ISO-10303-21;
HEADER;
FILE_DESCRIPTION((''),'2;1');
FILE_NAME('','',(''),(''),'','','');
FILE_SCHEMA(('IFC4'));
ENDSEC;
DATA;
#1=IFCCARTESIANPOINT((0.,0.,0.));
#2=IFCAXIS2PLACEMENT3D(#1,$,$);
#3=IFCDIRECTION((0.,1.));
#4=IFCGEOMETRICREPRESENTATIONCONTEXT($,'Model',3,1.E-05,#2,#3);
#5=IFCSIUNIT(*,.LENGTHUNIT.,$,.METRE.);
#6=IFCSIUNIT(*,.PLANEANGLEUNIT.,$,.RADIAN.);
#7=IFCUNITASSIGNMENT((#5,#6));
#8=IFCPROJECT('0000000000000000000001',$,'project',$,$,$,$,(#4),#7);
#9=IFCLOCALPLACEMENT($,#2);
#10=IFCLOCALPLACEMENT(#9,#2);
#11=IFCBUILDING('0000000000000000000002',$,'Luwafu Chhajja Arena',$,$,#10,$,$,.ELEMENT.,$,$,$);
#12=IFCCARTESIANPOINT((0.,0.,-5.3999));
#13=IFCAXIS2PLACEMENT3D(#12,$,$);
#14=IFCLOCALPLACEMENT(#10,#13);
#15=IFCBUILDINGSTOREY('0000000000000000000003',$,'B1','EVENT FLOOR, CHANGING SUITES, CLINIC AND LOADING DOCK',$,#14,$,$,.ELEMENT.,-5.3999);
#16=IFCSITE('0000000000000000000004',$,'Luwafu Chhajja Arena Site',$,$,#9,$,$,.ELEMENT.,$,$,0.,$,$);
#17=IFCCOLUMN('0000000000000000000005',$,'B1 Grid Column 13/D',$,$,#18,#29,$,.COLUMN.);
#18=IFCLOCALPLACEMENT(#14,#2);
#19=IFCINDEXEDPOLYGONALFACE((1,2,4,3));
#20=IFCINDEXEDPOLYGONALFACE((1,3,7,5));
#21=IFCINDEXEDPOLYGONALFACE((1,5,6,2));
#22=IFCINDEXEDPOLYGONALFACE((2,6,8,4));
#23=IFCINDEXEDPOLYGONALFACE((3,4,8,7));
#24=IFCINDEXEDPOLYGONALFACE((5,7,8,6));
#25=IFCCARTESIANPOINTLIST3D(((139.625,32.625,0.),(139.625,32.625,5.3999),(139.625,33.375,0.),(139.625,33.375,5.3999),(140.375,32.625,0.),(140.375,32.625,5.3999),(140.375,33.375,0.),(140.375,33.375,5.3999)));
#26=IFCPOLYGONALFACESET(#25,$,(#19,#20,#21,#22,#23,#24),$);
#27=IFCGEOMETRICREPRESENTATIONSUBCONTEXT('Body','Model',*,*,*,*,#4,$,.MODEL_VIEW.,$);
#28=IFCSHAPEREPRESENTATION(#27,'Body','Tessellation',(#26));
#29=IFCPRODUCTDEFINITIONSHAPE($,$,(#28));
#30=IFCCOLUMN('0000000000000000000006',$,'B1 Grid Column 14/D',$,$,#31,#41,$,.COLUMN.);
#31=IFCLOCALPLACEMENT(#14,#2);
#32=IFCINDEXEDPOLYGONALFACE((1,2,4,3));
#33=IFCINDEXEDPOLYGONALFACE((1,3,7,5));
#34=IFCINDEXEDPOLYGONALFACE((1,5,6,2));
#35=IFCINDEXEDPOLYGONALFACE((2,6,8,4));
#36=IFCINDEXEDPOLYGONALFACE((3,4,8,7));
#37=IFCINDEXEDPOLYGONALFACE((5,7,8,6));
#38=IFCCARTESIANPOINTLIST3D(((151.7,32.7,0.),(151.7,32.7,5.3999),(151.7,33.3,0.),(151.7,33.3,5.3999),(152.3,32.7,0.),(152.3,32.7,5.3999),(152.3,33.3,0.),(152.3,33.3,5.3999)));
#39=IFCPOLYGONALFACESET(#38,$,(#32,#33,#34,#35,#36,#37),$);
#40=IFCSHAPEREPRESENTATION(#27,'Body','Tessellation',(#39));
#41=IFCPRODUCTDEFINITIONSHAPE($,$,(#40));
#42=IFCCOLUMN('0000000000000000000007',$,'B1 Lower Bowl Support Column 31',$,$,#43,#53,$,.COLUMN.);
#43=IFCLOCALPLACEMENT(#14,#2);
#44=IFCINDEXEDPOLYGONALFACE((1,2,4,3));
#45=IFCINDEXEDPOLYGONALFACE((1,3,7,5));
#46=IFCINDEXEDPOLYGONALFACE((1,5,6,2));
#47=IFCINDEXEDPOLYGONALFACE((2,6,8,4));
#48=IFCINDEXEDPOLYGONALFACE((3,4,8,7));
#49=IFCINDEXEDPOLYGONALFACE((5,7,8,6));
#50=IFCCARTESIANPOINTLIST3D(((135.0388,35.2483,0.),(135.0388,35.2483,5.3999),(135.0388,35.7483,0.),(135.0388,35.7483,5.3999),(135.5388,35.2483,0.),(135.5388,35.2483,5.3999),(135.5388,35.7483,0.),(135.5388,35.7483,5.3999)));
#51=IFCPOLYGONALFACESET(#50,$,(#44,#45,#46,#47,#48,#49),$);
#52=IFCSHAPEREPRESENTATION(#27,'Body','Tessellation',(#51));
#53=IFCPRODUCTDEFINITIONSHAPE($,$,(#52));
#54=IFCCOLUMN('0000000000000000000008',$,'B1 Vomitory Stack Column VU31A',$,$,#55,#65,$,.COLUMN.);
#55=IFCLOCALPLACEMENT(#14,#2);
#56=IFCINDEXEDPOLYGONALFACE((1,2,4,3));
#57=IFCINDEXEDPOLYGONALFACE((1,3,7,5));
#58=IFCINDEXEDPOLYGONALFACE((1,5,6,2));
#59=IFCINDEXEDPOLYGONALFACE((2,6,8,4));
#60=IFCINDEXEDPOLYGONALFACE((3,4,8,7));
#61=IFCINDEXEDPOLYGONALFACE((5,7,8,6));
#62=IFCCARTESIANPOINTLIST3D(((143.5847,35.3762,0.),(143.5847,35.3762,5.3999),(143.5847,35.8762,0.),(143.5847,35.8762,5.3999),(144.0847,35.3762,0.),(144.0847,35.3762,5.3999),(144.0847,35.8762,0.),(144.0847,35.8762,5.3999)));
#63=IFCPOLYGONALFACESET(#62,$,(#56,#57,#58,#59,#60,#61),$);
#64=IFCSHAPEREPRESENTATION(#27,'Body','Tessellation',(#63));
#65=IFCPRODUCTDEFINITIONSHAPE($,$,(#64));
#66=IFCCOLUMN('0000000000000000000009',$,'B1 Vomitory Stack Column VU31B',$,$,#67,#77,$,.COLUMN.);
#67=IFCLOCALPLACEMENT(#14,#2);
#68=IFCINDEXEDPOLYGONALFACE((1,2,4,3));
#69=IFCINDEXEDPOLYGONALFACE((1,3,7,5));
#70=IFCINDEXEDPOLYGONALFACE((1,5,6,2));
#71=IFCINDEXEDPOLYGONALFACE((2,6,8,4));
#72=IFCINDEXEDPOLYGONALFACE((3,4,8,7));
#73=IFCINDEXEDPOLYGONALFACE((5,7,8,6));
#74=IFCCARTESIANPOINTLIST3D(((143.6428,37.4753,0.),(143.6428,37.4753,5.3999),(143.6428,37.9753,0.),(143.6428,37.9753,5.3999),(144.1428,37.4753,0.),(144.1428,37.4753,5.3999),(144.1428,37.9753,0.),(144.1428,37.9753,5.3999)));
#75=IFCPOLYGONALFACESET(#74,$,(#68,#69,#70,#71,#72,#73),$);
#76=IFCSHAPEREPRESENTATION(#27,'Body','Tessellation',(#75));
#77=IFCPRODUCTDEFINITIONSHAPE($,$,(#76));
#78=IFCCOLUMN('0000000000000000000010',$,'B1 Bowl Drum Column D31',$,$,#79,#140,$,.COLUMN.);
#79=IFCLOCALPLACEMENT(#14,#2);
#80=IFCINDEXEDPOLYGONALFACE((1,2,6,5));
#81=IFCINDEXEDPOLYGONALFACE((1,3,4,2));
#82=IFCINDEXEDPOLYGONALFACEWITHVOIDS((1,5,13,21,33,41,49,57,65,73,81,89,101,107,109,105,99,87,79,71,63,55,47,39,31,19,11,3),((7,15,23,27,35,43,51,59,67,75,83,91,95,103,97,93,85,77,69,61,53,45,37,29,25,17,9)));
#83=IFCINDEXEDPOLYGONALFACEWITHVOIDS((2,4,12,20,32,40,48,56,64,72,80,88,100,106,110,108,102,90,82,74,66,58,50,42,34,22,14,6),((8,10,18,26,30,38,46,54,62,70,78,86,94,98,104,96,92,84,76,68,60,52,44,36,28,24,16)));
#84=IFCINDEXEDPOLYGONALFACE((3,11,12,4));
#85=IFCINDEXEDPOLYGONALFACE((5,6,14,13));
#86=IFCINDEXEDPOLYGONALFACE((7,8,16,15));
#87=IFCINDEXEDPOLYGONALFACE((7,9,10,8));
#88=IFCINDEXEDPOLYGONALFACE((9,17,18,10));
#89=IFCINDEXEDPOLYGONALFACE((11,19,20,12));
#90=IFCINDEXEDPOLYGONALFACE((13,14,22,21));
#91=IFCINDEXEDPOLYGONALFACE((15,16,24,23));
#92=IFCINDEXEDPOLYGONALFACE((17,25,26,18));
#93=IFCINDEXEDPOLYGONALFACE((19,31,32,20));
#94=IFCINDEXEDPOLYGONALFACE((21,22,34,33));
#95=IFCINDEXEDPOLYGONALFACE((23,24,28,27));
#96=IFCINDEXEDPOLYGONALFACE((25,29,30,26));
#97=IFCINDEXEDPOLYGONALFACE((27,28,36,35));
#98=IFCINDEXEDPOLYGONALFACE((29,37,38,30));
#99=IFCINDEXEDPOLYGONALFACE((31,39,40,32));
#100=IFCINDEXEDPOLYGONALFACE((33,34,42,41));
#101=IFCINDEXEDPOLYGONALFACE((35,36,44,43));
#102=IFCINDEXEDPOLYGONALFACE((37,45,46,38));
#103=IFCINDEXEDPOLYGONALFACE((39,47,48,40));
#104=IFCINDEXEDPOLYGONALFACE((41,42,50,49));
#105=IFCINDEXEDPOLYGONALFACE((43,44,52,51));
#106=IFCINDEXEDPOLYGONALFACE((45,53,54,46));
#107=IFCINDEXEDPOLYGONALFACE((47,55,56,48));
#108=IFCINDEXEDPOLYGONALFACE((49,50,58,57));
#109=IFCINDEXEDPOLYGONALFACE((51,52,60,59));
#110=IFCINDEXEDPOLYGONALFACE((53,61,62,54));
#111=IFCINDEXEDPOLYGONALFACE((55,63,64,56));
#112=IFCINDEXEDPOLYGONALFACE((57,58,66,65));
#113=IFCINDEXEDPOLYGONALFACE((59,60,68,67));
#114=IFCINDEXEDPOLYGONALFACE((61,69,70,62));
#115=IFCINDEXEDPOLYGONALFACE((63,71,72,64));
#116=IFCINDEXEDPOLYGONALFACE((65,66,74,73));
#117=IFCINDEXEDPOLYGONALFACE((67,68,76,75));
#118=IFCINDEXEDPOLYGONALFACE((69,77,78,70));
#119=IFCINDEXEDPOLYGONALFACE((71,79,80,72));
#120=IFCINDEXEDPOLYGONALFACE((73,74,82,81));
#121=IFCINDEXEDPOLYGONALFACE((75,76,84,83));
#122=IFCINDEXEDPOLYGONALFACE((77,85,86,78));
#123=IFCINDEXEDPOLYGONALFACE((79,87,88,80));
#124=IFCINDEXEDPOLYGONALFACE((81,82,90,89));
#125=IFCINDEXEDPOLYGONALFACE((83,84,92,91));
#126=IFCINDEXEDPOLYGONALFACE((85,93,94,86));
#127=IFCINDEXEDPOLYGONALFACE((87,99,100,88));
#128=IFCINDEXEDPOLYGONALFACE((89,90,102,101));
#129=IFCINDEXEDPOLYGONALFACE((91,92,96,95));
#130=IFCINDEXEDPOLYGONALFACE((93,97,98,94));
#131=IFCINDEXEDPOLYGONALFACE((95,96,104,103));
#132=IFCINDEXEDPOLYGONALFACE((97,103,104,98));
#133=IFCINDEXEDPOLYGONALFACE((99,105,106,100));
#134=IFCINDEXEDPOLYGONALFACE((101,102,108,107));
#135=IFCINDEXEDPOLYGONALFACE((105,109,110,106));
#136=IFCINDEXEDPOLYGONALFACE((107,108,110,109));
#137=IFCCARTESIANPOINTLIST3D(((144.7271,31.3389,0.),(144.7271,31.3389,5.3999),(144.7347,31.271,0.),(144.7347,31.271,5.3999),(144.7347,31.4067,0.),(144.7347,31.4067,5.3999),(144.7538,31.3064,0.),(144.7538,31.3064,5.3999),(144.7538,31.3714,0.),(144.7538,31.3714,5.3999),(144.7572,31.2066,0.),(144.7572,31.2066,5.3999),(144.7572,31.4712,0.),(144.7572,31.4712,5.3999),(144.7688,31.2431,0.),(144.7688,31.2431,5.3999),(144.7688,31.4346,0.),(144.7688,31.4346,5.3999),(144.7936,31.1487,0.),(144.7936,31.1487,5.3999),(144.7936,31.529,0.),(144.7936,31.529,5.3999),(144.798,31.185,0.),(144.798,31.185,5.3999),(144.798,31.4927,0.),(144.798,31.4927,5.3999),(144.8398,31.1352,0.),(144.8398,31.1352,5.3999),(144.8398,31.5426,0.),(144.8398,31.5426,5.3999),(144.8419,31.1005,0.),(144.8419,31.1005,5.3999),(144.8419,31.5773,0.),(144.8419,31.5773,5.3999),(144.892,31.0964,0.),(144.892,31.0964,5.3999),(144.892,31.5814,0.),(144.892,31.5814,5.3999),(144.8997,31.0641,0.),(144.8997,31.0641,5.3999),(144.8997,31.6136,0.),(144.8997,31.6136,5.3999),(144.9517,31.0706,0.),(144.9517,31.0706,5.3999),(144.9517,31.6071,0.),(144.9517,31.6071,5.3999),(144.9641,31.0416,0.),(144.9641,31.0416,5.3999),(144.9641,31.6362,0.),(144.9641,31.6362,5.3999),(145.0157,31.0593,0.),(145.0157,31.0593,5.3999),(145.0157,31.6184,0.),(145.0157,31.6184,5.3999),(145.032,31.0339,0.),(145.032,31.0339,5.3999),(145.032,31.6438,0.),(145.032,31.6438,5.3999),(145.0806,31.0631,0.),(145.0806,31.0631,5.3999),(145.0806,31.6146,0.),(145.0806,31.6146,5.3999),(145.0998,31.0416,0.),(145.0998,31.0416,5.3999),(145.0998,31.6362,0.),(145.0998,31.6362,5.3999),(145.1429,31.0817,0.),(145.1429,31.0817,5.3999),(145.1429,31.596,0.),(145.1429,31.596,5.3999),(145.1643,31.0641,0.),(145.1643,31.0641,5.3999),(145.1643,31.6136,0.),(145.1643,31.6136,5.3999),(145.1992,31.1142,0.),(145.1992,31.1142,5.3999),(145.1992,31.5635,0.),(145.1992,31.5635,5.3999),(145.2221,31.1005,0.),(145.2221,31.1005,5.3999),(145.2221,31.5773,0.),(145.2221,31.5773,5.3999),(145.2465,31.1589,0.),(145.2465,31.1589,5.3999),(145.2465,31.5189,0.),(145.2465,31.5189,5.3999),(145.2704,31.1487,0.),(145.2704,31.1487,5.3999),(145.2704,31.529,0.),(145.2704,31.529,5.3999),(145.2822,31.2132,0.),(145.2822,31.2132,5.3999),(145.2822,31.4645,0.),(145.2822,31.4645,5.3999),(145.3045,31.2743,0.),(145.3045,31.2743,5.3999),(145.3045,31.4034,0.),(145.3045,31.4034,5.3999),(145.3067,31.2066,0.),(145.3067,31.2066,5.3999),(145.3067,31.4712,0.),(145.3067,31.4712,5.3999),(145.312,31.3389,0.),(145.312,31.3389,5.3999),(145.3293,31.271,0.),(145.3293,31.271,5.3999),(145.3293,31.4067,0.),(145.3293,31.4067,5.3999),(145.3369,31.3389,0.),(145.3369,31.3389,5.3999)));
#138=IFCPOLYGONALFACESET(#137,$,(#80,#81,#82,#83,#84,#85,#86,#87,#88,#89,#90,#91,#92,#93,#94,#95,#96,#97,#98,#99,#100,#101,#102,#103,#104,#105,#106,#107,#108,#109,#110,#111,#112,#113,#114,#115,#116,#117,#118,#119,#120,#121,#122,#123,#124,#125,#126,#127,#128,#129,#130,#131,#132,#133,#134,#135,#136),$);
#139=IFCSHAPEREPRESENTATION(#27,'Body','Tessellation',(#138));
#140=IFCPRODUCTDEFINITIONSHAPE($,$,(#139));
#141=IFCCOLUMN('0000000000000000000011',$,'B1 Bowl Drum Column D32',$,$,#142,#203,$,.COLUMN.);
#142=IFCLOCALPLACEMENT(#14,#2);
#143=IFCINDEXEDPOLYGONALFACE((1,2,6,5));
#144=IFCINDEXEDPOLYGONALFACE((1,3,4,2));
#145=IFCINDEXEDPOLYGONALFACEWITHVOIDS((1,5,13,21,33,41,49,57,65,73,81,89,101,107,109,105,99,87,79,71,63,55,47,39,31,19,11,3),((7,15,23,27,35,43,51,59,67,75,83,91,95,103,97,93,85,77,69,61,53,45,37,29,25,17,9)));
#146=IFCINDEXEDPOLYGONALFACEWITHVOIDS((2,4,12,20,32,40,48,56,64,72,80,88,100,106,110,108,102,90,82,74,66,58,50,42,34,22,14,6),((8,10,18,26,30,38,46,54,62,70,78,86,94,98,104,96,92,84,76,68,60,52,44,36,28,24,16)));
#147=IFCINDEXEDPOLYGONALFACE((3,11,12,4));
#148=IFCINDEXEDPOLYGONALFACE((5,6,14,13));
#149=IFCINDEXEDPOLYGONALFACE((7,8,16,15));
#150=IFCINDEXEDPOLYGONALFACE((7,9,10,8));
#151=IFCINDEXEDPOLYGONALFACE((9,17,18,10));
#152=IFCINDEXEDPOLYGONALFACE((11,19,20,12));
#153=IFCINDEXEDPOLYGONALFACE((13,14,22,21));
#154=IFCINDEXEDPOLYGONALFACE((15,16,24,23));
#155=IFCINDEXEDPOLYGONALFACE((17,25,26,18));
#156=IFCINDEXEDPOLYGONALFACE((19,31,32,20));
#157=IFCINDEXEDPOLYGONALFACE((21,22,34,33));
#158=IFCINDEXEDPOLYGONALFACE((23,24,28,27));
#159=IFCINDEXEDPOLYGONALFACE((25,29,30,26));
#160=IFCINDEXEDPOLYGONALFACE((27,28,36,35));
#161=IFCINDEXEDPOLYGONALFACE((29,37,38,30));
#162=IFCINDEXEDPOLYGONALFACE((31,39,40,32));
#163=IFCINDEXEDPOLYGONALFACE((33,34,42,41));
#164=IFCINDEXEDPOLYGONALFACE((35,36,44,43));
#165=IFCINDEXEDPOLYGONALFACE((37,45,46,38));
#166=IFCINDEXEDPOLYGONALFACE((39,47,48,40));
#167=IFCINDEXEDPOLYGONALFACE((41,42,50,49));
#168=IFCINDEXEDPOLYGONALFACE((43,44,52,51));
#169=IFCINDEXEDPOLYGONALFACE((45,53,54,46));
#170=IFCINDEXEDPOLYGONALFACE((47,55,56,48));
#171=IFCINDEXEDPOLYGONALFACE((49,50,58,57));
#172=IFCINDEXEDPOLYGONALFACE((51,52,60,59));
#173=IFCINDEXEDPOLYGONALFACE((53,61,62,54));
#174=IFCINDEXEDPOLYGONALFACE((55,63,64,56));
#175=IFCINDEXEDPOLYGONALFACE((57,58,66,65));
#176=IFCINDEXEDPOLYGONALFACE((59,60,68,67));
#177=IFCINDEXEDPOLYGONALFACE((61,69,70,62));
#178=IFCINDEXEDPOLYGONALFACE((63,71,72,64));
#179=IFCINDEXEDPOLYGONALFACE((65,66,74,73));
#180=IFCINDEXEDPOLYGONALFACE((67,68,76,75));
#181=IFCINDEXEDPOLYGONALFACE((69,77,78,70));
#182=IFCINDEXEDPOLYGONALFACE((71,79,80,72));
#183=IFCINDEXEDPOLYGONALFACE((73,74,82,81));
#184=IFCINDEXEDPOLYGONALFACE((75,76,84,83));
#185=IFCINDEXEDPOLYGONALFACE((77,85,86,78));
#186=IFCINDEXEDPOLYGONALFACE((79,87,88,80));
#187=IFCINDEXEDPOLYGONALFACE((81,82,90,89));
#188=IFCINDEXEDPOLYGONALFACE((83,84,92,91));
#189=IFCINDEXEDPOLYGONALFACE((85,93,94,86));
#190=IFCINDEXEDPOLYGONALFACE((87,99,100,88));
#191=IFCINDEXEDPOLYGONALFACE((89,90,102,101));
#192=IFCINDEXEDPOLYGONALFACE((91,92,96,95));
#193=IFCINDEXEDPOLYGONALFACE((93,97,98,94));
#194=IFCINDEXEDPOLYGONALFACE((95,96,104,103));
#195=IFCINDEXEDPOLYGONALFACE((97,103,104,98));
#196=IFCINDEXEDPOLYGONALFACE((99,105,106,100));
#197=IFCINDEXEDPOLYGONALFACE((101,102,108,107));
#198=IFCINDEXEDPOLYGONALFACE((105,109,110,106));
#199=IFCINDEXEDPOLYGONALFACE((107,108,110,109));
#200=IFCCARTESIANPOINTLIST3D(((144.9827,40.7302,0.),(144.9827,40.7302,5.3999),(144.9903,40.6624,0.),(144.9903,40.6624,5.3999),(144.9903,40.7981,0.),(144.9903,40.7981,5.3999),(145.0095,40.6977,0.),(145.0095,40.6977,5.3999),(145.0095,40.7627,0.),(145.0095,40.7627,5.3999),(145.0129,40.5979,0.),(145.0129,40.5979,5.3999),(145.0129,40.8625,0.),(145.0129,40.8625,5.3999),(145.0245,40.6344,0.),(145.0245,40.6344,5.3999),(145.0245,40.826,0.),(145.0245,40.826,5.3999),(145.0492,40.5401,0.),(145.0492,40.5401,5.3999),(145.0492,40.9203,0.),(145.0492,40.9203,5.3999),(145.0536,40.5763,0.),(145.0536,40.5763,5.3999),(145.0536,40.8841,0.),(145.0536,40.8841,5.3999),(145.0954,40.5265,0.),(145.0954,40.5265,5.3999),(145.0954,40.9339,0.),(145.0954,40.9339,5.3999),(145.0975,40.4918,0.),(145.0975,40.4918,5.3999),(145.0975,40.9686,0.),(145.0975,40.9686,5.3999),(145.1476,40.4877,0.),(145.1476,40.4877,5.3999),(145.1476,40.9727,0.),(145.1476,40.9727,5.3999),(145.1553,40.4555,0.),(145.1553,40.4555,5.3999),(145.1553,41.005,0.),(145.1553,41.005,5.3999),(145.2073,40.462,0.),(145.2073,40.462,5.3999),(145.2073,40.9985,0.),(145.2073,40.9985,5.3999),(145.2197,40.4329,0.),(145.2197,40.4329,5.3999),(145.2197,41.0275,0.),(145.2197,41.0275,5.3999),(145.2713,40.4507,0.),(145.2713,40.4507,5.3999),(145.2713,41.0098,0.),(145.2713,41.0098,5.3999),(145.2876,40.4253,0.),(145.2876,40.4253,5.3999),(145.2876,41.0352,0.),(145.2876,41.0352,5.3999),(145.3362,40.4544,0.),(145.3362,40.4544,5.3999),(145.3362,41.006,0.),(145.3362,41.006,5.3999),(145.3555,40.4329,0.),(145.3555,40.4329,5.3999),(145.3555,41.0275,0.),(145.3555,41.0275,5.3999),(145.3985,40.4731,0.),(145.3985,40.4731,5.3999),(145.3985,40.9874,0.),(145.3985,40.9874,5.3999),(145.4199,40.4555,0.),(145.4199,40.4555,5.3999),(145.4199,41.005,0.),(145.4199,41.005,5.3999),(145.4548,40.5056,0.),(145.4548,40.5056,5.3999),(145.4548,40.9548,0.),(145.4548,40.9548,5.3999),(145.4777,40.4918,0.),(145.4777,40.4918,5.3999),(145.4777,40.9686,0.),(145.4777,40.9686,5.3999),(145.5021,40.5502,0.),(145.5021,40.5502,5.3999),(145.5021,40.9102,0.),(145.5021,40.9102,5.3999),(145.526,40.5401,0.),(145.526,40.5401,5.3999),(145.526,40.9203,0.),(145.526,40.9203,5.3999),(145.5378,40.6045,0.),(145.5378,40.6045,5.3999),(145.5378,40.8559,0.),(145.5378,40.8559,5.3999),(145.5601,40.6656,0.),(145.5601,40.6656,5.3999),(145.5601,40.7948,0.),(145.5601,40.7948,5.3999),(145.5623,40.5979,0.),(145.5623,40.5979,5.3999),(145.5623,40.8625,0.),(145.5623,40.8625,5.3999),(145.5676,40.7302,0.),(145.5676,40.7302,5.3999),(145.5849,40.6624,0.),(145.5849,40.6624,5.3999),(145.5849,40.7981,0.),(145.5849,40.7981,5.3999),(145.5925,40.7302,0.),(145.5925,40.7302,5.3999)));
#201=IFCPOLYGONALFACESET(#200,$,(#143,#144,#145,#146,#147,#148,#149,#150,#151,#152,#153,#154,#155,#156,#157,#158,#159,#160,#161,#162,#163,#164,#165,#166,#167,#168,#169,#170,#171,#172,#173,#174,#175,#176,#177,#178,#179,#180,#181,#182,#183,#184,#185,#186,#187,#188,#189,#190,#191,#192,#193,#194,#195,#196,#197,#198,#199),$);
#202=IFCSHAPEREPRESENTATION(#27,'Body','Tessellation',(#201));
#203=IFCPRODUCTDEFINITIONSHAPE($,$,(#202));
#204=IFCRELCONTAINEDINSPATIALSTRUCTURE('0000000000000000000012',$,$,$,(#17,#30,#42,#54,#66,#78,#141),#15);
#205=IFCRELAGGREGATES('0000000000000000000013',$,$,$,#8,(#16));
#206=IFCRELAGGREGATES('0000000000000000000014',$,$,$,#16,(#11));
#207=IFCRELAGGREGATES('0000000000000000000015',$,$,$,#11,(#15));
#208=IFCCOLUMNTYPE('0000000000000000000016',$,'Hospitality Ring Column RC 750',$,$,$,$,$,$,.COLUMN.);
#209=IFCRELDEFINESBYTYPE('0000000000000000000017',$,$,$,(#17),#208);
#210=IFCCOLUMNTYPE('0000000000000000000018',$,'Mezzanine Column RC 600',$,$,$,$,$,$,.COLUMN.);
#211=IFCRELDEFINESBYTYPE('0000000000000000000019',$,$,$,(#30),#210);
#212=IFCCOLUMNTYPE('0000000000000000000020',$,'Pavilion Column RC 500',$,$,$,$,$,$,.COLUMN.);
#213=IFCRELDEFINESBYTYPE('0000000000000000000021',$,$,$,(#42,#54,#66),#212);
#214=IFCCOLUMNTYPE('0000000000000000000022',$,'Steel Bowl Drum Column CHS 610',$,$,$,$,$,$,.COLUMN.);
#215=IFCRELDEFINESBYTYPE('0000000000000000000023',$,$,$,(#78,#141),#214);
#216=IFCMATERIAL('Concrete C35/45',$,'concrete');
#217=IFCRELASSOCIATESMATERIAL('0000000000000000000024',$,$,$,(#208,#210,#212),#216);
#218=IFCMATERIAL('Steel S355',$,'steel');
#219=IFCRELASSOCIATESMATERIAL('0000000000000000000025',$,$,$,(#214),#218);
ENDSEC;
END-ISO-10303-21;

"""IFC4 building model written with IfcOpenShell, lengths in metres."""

from ifc_helpers import new_model, si_unit, direction, frame, origin, origin_2d, place, context, subcontext, project, spatial, rectangle, hollow_circle, extrude, material, material_profile, profile_set, type_object, element, save


model = new_model("IFC4")

# Units and contexts
model_context = context("Model", 3, precision=1e-05, world=origin(), true_north=direction((0.0, 1.0)))
body_context = subcontext(model_context, "Body", "Model", "MODEL_VIEW")
ifc_project = project(units=[si_unit("LENGTHUNIT", "METRE"), si_unit("PLANEANGLEUNIT", "RADIAN")], contexts=[model_context])

# Site, building, storey
site_placement = place(None, origin())
site = spatial("IfcSite", under=ifc_project, at=site_placement, Name="Luwafu Chhajja Arena Site", CompositionType="ELEMENT", RefElevation=0.0)
building_placement = place(site_placement, origin())
building = spatial("IfcBuilding", under=site, at=building_placement, Name="Luwafu Chhajja Arena", CompositionType="ELEMENT")
storey_placement = place(building_placement, frame((0.0, 0.0, -5.3999)))
storey = spatial("IfcBuildingStorey", under=building, at=storey_placement, Name="B1", Description="EVENT FLOOR, CHANGING SUITES, CLINIC AND LOADING DOCK", CompositionType="ELEMENT", Elevation=-5.3999)

# Shared definitions
ifc_material_1 = material(Name="Concrete C35/45", Category="concrete")

# Columns
ifc_material_profile_1 = material_profile(ifc_material_1, rectangle(XDim=0.75, YDim=0.75, at=origin_2d()), Name="RC 750x750")
ifc_profile_set_1 = profile_set([ifc_material_profile_1], Name="Concrete C35/45")
column_type_1 = type_object("IfcColumnType", Name="Hospitality Ring Column RC 750", PredefinedType="COLUMN", material=ifc_profile_set_1)
column_1_placement = place(storey_placement, frame((140.0, 33.0, 0.0), z_axis=(0.0, 0.0, 1.0), x_axis=(1.0, 0.0, 0.0)))
element("IfcColumn", 1, at=column_1_placement, inside=storey, type_object=column_type_1, Name="B1 Grid Column 13/D", PredefinedType="COLUMN", context=body_context, shape_type="SweptSolid", body=[
    extrude(rectangle(XDim=0.75, YDim=0.75, at=origin_2d()), origin(), (0.0, 0.0, 1.0), 5.3999),
])
ifc_material_profile_2 = material_profile(ifc_material_1, rectangle(XDim=0.6001, YDim=0.6001, at=origin_2d()), Name="RC 600x600")
ifc_profile_set_2 = profile_set([ifc_material_profile_2], Name="Concrete C35/45")
column_type_2 = type_object("IfcColumnType", Name="Mezzanine Column RC 600", PredefinedType="COLUMN", material=ifc_profile_set_2)
column_2_placement = place(storey_placement, frame((152.0, 33.0, 0.0), z_axis=(0.0, 0.0, 1.0), x_axis=(1.0, 0.0, 0.0)))
element("IfcColumn", 2, at=column_2_placement, inside=storey, type_object=column_type_2, Name="B1 Grid Column 14/D", PredefinedType="COLUMN", context=body_context, shape_type="SweptSolid", body=[
    extrude(rectangle(XDim=0.6001, YDim=0.6001, at=origin_2d()), origin(), (0.0, 0.0, 1.0), 5.3999),
])
ifc_material_profile_3 = material_profile(ifc_material_1, rectangle(XDim=0.5, YDim=0.5, at=origin_2d()), Name="RC 500x500")
ifc_profile_set_3 = profile_set([ifc_material_profile_3], Name="Concrete C35/45")
column_type_3 = type_object("IfcColumnType", Name="Pavilion Column RC 500", PredefinedType="COLUMN", material=ifc_profile_set_3)
for number, where, z_axis, x_axis, name in (
    (3, (135.2888, 35.4983, 0.0), (0.0, 0.0, 1.0), (1.0, 0.0, 0.0), "B1 Lower Bowl Support Column 31"),
    (4, (143.8347, 35.6262, 0.0), (0.0, 0.0, 1.0), (1.0, 0.0, 0.0), "B1 Vomitory Stack Column VU31A"),
    (5, (143.8928, 37.7253, 0.0), (0.0, 0.0, 1.0), (1.0, 0.0, 0.0), "B1 Vomitory Stack Column VU31B"),
):
    element("IfcColumn", number, at=place(storey_placement, frame(where, z_axis=z_axis, x_axis=x_axis)), inside=storey, type_object=column_type_3, Name=name, PredefinedType="COLUMN", context=body_context, shape_type="SweptSolid", body=[
        extrude(rectangle(XDim=0.5, YDim=0.5, at=origin_2d()), origin(), (0.0, 0.0, 1.0), 5.3999),
    ])
ifc_material_2 = material(Name="Steel S355", Category="steel")
ifc_material_profile_4 = material_profile(ifc_material_2, hollow_circle(Radius=0.3049, WallThickness=0.0249, at=origin_2d()), Name="CHS 610x25")
ifc_profile_set_4 = profile_set([ifc_material_profile_4], Name="Steel S355")
column_type_4 = type_object("IfcColumnType", Name="Steel Bowl Drum Column CHS 610", PredefinedType="COLUMN", material=ifc_profile_set_4)
for number, where, z_axis, x_axis, name in (
    (6, (145.032, 31.3389, 0.0), (0.0, 0.0, 1.0), (1.0, 0.0, 0.0), "B1 Bowl Drum Column D31"),
    (7, (145.2876, 40.7302, 0.0), (0.0, 0.0, 1.0), (1.0, 0.0, 0.0), "B1 Bowl Drum Column D32"),
):
    element("IfcColumn", number, at=place(storey_placement, frame(where, z_axis=z_axis, x_axis=x_axis)), inside=storey, type_object=column_type_4, Name=name, PredefinedType="COLUMN", context=body_context, shape_type="SweptSolid", body=[
        extrude(hollow_circle(Radius=0.3049, WallThickness=0.0249, at=origin_2d()), origin(), (0.0, 0.0, 1.0), 5.3999),
    ])

save(model, "model.ifc")
